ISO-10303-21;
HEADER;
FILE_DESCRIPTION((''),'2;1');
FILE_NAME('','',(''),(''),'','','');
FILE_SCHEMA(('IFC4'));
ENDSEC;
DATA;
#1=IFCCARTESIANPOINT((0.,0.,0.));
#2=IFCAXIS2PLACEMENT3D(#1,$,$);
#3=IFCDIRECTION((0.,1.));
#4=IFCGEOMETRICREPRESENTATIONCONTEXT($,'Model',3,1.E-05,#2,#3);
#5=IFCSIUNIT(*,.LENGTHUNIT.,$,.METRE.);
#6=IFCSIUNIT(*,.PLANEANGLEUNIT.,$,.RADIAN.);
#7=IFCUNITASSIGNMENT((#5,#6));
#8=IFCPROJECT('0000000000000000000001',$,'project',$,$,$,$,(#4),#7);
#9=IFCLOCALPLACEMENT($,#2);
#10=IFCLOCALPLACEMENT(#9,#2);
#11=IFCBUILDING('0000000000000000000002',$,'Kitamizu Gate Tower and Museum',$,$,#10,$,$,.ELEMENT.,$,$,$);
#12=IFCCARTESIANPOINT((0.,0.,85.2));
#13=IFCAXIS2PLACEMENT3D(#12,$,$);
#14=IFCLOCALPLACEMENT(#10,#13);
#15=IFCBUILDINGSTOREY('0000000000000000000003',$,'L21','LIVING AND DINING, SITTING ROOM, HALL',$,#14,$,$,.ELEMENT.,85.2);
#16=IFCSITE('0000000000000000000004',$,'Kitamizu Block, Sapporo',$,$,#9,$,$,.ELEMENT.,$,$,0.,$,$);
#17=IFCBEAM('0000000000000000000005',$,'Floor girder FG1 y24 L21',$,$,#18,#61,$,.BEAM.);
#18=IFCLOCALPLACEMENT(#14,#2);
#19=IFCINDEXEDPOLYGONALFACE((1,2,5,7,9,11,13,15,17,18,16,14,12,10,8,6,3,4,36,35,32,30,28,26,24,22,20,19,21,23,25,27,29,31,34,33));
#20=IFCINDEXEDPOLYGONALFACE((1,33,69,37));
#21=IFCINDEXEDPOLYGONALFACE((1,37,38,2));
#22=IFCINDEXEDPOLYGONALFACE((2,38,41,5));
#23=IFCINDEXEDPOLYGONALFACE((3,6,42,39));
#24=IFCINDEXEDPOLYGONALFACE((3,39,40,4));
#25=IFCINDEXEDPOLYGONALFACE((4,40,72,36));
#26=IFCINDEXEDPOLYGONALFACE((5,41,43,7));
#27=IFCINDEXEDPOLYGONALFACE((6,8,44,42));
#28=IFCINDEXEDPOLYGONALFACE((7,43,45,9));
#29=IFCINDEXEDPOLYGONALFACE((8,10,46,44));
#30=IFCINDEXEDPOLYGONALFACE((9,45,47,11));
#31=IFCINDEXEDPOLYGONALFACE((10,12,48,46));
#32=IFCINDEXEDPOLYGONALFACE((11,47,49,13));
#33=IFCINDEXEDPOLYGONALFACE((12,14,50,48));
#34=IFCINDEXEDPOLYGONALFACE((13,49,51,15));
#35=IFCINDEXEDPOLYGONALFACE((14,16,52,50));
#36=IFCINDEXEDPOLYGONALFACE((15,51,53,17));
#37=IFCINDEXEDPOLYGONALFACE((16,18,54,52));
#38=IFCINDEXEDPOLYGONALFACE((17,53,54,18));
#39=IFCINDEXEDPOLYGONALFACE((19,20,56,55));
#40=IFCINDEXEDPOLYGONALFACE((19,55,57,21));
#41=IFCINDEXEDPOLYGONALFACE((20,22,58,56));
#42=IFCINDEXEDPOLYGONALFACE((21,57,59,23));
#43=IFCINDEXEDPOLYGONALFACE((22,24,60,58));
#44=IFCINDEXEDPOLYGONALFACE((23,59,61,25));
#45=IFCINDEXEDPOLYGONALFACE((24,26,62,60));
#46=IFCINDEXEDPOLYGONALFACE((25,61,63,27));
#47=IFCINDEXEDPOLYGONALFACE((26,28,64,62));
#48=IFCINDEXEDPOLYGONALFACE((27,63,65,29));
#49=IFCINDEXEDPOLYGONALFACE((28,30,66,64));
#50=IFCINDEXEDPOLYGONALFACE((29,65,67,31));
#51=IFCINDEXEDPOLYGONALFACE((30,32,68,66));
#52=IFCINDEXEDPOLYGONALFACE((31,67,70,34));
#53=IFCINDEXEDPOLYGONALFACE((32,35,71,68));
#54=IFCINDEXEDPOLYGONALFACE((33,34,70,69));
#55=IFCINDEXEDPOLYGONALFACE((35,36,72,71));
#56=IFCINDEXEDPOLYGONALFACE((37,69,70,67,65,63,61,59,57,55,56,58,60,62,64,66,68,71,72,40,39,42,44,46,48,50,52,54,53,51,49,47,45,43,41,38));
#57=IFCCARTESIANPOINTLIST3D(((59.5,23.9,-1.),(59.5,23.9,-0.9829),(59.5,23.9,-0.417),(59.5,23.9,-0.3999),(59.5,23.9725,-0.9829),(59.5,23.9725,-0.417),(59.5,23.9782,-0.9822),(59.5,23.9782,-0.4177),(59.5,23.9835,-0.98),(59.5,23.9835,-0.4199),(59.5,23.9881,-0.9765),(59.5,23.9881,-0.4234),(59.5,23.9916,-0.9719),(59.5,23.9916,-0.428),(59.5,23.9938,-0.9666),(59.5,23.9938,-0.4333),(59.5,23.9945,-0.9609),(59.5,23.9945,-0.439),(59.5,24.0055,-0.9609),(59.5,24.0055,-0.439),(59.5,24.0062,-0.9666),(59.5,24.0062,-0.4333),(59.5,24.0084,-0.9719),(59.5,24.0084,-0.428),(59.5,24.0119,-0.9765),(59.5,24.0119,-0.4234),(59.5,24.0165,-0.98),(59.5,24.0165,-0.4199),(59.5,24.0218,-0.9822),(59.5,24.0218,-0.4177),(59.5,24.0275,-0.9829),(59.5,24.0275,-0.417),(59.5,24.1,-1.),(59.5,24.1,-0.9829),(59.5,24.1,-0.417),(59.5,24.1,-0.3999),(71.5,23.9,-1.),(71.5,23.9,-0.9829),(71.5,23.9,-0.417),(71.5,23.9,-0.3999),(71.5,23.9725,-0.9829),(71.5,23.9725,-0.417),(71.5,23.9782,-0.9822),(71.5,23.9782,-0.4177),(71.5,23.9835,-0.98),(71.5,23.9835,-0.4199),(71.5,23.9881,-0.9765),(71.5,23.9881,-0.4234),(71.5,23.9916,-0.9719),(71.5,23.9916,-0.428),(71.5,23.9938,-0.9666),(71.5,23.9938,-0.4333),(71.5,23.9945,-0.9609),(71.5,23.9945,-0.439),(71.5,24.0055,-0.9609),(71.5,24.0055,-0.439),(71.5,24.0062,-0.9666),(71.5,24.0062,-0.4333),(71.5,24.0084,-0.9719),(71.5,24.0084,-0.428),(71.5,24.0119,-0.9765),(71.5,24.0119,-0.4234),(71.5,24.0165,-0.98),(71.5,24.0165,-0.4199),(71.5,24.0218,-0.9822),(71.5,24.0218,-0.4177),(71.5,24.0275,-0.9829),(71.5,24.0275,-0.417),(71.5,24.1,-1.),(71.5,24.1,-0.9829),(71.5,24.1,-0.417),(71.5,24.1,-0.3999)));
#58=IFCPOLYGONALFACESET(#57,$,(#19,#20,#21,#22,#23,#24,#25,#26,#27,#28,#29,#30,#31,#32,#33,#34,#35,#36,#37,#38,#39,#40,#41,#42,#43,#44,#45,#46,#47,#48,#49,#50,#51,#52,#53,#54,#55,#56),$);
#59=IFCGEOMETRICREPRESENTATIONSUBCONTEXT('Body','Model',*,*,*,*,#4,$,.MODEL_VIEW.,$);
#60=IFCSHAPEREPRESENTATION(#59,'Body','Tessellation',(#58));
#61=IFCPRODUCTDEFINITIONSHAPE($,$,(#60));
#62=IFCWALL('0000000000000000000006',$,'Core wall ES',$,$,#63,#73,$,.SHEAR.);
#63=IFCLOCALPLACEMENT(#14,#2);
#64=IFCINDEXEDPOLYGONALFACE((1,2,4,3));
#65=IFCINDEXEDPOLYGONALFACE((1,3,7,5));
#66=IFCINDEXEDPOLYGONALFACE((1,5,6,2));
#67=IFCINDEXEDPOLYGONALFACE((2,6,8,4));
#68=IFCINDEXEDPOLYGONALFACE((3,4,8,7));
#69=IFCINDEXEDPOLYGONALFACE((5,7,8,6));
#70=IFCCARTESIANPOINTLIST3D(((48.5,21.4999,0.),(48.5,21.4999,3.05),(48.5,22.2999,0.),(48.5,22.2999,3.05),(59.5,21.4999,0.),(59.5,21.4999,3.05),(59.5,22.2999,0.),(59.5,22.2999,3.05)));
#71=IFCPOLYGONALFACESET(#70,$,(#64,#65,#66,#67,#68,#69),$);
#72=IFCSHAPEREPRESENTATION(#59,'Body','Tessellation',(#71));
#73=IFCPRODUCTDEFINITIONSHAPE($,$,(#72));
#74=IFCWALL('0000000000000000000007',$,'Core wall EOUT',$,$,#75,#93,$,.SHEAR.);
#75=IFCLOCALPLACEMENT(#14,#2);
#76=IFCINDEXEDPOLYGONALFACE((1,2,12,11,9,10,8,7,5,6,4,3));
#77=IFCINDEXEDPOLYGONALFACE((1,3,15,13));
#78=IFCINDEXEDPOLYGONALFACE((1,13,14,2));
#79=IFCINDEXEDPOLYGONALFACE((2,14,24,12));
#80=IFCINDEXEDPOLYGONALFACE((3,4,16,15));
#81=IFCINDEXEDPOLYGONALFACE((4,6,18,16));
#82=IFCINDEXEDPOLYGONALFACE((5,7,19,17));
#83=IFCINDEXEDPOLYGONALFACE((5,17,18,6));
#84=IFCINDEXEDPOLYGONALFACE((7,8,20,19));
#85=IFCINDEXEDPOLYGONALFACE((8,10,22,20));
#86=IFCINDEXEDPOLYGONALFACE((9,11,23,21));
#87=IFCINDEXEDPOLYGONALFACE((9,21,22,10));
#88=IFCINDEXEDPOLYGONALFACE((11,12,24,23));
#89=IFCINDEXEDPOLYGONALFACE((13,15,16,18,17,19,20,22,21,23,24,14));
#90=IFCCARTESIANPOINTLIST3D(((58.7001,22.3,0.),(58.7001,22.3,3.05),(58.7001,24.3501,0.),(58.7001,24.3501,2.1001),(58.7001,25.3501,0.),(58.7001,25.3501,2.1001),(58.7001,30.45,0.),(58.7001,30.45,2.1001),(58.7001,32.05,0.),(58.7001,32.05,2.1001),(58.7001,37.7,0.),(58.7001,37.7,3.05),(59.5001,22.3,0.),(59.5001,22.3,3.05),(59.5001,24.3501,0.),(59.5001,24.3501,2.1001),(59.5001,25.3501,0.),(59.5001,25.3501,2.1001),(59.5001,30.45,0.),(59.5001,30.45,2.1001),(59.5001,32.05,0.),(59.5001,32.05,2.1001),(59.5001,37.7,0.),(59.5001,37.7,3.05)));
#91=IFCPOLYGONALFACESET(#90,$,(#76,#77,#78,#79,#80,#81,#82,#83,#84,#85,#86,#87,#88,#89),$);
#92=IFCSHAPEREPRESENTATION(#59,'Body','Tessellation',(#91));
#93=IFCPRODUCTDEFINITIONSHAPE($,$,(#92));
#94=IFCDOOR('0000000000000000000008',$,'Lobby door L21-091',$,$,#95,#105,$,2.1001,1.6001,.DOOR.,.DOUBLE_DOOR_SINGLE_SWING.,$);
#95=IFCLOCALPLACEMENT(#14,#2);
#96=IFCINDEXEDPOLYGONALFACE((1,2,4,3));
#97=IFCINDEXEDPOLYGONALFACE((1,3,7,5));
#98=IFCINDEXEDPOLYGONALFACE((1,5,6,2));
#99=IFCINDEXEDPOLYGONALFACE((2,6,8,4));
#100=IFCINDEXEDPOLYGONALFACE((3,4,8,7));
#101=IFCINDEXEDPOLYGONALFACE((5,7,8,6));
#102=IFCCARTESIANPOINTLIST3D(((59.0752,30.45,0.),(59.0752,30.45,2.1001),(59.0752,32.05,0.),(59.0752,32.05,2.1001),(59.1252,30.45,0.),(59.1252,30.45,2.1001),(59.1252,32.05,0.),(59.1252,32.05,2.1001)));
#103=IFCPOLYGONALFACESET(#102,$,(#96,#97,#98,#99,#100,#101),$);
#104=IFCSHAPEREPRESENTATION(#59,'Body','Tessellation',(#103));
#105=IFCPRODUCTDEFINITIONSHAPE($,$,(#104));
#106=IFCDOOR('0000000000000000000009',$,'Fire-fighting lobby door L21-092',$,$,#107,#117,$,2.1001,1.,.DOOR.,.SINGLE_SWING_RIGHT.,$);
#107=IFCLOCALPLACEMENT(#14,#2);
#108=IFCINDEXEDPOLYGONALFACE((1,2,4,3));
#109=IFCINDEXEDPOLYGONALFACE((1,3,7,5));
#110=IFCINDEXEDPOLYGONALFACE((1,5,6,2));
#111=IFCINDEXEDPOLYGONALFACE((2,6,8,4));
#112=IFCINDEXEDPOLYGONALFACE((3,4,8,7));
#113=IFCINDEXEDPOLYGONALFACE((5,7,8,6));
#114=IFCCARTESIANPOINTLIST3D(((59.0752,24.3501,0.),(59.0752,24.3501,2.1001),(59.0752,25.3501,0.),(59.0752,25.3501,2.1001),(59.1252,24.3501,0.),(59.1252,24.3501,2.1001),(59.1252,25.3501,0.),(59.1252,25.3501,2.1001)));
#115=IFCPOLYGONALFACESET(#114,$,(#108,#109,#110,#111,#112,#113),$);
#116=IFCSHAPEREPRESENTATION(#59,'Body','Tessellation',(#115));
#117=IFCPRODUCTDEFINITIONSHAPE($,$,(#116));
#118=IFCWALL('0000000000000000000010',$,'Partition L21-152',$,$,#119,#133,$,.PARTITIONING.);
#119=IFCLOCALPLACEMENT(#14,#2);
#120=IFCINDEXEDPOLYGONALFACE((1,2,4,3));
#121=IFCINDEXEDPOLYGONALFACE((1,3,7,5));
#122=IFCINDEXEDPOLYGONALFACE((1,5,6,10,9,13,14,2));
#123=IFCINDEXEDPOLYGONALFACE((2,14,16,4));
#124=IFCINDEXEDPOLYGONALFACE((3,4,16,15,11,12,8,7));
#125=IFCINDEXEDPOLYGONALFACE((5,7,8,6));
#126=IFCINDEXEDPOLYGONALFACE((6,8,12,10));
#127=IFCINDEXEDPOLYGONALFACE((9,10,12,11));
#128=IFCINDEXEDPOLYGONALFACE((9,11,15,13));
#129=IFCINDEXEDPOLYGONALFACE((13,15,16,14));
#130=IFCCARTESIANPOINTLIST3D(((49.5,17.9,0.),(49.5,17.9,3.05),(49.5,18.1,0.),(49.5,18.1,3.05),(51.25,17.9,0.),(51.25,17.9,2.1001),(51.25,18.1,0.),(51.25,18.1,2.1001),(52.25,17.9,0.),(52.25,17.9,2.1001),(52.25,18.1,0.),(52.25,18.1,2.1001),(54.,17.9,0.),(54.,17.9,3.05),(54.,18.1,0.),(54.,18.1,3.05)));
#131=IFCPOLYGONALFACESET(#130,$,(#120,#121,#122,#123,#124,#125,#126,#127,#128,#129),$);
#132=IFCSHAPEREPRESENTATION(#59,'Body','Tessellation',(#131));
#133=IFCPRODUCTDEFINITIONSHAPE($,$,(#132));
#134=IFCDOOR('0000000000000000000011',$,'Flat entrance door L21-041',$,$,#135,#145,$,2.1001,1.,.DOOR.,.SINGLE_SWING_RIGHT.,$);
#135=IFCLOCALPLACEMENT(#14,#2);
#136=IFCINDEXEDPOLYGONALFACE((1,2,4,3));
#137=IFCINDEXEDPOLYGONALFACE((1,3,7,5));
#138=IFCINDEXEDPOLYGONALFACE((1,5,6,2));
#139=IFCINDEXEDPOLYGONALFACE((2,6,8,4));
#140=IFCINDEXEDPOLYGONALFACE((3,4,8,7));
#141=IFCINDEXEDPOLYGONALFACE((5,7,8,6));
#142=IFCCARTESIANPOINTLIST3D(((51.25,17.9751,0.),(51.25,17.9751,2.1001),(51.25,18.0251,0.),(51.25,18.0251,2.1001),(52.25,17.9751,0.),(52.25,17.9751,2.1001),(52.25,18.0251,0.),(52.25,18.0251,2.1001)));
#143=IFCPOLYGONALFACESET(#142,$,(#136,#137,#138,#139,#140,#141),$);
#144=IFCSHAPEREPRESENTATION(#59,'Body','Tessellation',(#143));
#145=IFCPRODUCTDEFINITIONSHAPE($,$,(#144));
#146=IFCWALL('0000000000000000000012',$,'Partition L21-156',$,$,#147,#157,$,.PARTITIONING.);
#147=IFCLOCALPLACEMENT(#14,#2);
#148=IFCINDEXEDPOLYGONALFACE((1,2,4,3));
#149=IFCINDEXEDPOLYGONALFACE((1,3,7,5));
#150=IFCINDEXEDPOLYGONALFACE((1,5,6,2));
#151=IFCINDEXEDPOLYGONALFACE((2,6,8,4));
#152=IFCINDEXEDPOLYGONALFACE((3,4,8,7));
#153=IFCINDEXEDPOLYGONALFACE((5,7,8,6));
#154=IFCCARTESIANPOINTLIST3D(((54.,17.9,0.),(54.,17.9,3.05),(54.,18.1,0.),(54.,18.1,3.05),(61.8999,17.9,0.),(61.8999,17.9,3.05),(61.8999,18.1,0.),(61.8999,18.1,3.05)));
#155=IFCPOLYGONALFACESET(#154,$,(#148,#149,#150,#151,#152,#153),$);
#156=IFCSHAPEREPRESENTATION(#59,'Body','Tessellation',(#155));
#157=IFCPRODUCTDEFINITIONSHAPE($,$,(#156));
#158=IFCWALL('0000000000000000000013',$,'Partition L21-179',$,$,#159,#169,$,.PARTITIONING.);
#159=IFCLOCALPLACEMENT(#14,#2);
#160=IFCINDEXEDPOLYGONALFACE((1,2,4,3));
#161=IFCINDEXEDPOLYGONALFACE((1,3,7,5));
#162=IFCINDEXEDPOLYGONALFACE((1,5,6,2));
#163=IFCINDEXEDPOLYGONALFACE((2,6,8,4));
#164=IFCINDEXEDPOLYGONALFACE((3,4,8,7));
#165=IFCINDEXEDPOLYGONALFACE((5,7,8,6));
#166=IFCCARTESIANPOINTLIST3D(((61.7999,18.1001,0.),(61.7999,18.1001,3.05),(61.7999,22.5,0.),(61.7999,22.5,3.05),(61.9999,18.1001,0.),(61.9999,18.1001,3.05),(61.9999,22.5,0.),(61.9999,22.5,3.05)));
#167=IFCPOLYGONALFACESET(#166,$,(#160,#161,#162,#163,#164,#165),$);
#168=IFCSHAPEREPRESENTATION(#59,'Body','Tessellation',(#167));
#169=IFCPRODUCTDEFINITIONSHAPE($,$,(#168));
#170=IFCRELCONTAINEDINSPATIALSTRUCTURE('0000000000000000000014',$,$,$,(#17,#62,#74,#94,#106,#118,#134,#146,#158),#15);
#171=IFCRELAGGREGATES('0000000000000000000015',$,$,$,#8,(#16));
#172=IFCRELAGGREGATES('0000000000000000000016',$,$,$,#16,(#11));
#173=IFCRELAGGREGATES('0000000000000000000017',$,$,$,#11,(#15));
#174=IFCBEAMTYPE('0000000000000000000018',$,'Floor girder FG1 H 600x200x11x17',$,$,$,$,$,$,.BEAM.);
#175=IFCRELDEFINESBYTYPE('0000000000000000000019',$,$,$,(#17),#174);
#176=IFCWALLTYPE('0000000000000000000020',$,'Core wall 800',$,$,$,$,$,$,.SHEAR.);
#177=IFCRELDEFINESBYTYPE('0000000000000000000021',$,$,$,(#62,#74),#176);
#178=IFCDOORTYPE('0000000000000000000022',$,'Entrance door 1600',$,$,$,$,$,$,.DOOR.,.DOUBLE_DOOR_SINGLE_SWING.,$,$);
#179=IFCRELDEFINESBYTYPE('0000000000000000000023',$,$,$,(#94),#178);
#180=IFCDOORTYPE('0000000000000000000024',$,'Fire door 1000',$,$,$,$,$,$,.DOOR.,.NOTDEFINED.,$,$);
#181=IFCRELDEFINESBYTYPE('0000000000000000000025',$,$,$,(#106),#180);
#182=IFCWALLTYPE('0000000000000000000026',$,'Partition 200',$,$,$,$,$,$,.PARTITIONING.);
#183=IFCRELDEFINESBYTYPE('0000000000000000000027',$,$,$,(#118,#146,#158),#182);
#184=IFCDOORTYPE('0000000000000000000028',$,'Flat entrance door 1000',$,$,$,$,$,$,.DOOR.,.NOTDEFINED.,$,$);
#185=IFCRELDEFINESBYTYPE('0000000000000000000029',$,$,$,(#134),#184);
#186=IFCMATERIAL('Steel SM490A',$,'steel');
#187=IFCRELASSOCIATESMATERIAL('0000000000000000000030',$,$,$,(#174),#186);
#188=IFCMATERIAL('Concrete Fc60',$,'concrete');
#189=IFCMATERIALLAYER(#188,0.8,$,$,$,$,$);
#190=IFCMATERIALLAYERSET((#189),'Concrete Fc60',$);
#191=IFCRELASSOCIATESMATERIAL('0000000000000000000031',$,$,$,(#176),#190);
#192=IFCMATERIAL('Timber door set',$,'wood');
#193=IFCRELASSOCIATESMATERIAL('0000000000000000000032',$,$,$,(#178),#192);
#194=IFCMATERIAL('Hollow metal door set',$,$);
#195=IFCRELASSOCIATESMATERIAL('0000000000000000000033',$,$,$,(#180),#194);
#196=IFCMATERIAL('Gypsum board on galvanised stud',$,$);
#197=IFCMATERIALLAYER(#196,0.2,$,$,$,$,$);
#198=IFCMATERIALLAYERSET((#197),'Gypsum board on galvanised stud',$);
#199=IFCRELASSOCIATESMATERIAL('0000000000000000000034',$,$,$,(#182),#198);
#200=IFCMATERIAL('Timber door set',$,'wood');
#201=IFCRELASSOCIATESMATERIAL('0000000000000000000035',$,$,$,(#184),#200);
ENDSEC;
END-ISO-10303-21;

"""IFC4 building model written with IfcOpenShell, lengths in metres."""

from ifc_helpers import new_model, si_unit, direction, frame, frame_2d, origin, origin_2d, place, context, subcontext, project, spatial, rectangle, i_section, extrude, material, layer, layer_set, material_profile, profile_set, type_object, element, fill, save


model = new_model("IFC4")

# Units and contexts
model_context = context("Model", 3, precision=1e-05, world=origin(), true_north=direction((0.0, 1.0)))
body_context = subcontext(model_context, "Body", "Model", "MODEL_VIEW")
ifc_project = project(units=[si_unit("LENGTHUNIT", "METRE"), si_unit("PLANEANGLEUNIT", "RADIAN")], contexts=[model_context])

# Site, building, storey
site_placement = place(None, origin())
site = spatial("IfcSite", under=ifc_project, at=site_placement, Name="Kitamizu Block, Sapporo", CompositionType="ELEMENT", RefElevation=0.0)
building_placement = place(site_placement, origin())
building = spatial("IfcBuilding", under=site, at=building_placement, Name="Kitamizu Gate Tower and Museum", CompositionType="ELEMENT")
storey_placement = place(building_placement, frame((0.0, 0.0, 85.2)))
storey = spatial("IfcBuildingStorey", under=building, at=storey_placement, Name="L21", Description="LIVING AND DINING, SITTING ROOM, HALL", CompositionType="ELEMENT", Elevation=85.2)

# Beam
ifc_material_1 = material(Name="Steel SM490A", Category="steel")
ifc_material_profile = material_profile(ifc_material_1, i_section(OverallWidth=0.2, OverallDepth=0.6001, WebThickness=0.011, FlangeThickness=0.0171, FilletRadius=0.022, at=origin_2d()), Name="H-600x200x11x17")
ifc_profile_set = profile_set([ifc_material_profile], Name="Steel SM490A")
beam_type = type_object("IfcBeamType", Name="Floor girder FG1 H 600x200x11x17", PredefinedType="BEAM", material=ifc_profile_set)
beam_placement = place(storey_placement, frame((59.5, 24.0, -0.7), z_axis=(1.0, 0.0, 0.0), x_axis=(0.0, 1.0, 0.0)))
element("IfcBeam", 1, at=beam_placement, inside=storey, type_object=beam_type, Name="Floor girder FG1 y24 L21", PredefinedType="BEAM", context=body_context, shape_type="SweptSolid", body=[
    extrude(i_section(OverallWidth=0.2, OverallDepth=0.6001, WebThickness=0.011, FlangeThickness=0.0171, FilletRadius=0.022, at=origin_2d()), origin(), (0.0, 0.0, 1.0), 12.0),
])

# Wall
ifc_material_2 = material(Name="Concrete Fc60", Category="concrete")
ifc_layer_1 = layer(ifc_material_2, 0.8)
ifc_layer_set_1 = layer_set([ifc_layer_1], Name="Concrete Fc60")
wall_type_1 = type_object("IfcWallType", Name="Core wall 800", PredefinedType="SHEAR", material=ifc_layer_set_1)
wall_1_placement = place(storey_placement, frame((59.5, 21.8999, 0.0), z_axis=(0.0, 0.0, 1.0), x_axis=(-1.0, 0.0, 0.0)))
element("IfcWall", 2, at=wall_1_placement, inside=storey, type_object=wall_type_1, Name="Core wall ES", PredefinedType="SHEAR", context=body_context, shape_type="SweptSolid", body=[
    extrude(rectangle(XDim=11.0, YDim=0.8, at=frame_2d((5.5, 0.0))), origin(), (0.0, 0.0, 1.0), 3.05),
])

# Wall, openings, doors
wall_2_placement = place(storey_placement, frame((59.1001, 22.3, 0.0), z_axis=(0.0, 0.0, 1.0), x_axis=(0.0, 1.0, 0.0)))
wall_2 = element("IfcWall", 3, at=wall_2_placement, inside=storey, type_object=wall_type_1, Name="Core wall EOUT", PredefinedType="SHEAR", context=body_context, shape_type="SweptSolid", body=[
    extrude(rectangle(XDim=15.3999, YDim=0.8, at=frame_2d((7.7, 0.0))), origin(), (0.0, 0.0, 1.0), 3.05),
])
opening_1_placement = place(wall_2_placement, frame((8.1499, 0.0, 0.0)))
opening_1 = element("IfcOpeningElement", 4, at=opening_1_placement, cuts=wall_2, PredefinedType="OPENING", context=body_context, shape_type="SweptSolid", body=[
    extrude(rectangle(XDim=1.6001, YDim=2.1001, at=frame_2d((0.8, 1.05))), frame((0.0, 0.4102, 0.0), z_axis=(0.0, -1.0, 0.0), x_axis=(1.0, 0.0, 0.0)), (0.0, 0.0, 1.0), 0.8201),
])
opening_2_placement = place(wall_2_placement, frame((2.05, 0.0, 0.0)))
opening_2 = element("IfcOpeningElement", 5, at=opening_2_placement, cuts=wall_2, PredefinedType="OPENING", context=body_context, shape_type="SweptSolid", body=[
    extrude(rectangle(XDim=1.0, YDim=2.1001, at=frame_2d((0.5, 1.05))), frame((0.0, 0.4102, 0.0), z_axis=(0.0, -1.0, 0.0), x_axis=(1.0, 0.0, 0.0)), (0.0, 0.0, 1.0), 0.8201),
])
ifc_material_3 = material(Name="Timber door set", Category="wood")
door_type_1 = type_object("IfcDoorType", Name="Entrance door 1600", OperationType="DOUBLE_DOOR_SINGLE_SWING", PredefinedType="DOOR", material=ifc_material_3)
door_1_placement = place(opening_1_placement, origin())
door_1 = element("IfcDoor", 6, at=door_1_placement, inside=storey, type_object=door_type_1, Name="Lobby door L21-091", OperationType="DOUBLE_DOOR_SINGLE_SWING", OverallHeight=2.1001, OverallWidth=1.6001, PredefinedType="DOOR", context=body_context, shape_type="SweptSolid", body=[
    extrude(rectangle(XDim=1.6001, YDim=2.1001, at=frame_2d((0.8, 1.05))), frame((0.0, 0.0249, 0.0), z_axis=(0.0, -1.0, 0.0), x_axis=(1.0, 0.0, 0.0)), (0.0, 0.0, 1.0), 0.05),
])
fill(opening_1, door_1)
ifc_material_4 = material(Name="Hollow metal door set")
door_type_2 = type_object("IfcDoorType", Name="Fire door 1000", OperationType="NOTDEFINED", PredefinedType="DOOR", material=ifc_material_4)
door_2_placement = place(opening_2_placement, origin())
door_2 = element("IfcDoor", 7, at=door_2_placement, inside=storey, type_object=door_type_2, Name="Fire-fighting lobby door L21-092", OperationType="SINGLE_SWING_RIGHT", OverallHeight=2.1001, OverallWidth=1.0, PredefinedType="DOOR", context=body_context, shape_type="SweptSolid", body=[
    extrude(rectangle(XDim=1.0, YDim=2.1001, at=frame_2d((0.5, 1.05))), frame((0.0, 0.0249, 0.0), z_axis=(0.0, -1.0, 0.0), x_axis=(1.0, 0.0, 0.0)), (0.0, 0.0, 1.0), 0.05),
])
fill(opening_2, door_2)

# Wall, opening, door
ifc_material_5 = material(Name="Gypsum board on galvanised stud")
ifc_layer_2 = layer(ifc_material_5, 0.2)
ifc_layer_set_2 = layer_set([ifc_layer_2], Name="Gypsum board on galvanised stud")
wall_type_2 = type_object("IfcWallType", Name="Partition 200", PredefinedType="PARTITIONING", material=ifc_layer_set_2)
wall_3_placement = place(storey_placement, frame((54.0, 18.0, 0.0), z_axis=(0.0, 0.0, 1.0), x_axis=(-1.0, 0.0, 0.0)))
wall_3 = element("IfcWall", 8, at=wall_3_placement, inside=storey, type_object=wall_type_2, Name="Partition L21-152", PredefinedType="PARTITIONING", context=body_context, shape_type="SweptSolid", body=[
    extrude(rectangle(XDim=4.5, YDim=0.2, at=frame_2d((2.25, 0.0))), origin(), (0.0, 0.0, 1.0), 3.05),
])
opening_3_placement = place(wall_3_placement, frame((1.75, 0.0, 0.0)))
opening_3 = element("IfcOpeningElement", 9, at=opening_3_placement, cuts=wall_3, PredefinedType="OPENING", context=body_context, shape_type="SweptSolid", body=[
    extrude(rectangle(XDim=1.0, YDim=2.1001, at=frame_2d((0.5, 1.05))), frame((0.0, 0.1099, 0.0), z_axis=(0.0, -1.0, 0.0), x_axis=(1.0, 0.0, 0.0)), (0.0, 0.0, 1.0), 0.22),
])
ifc_material_6 = material(Name="Timber door set", Category="wood")
door_type_3 = type_object("IfcDoorType", Name="Flat entrance door 1000", OperationType="NOTDEFINED", PredefinedType="DOOR", material=ifc_material_6)
door_3_placement = place(opening_3_placement, origin())
door_3 = element("IfcDoor", 10, at=door_3_placement, inside=storey, type_object=door_type_3, Name="Flat entrance door L21-041", OperationType="SINGLE_SWING_RIGHT", OverallHeight=2.1001, OverallWidth=1.0, PredefinedType="DOOR", context=body_context, shape_type="SweptSolid", body=[
    extrude(rectangle(XDim=1.0, YDim=2.1001, at=frame_2d((0.5, 1.05))), frame((0.0, 0.0249, 0.0), z_axis=(0.0, -1.0, 0.0), x_axis=(1.0, 0.0, 0.0)), (0.0, 0.0, 1.0), 0.05),
])
fill(opening_3, door_3)

# Walls
wall_4_placement = place(storey_placement, frame((61.8999, 18.0, 0.0), z_axis=(0.0, 0.0, 1.0), x_axis=(-1.0, 0.0, 0.0)))
element("IfcWall", 11, at=wall_4_placement, inside=storey, type_object=wall_type_2, Name="Partition L21-156", PredefinedType="PARTITIONING", context=body_context, shape_type="SweptSolid", body=[
    extrude(rectangle(XDim=7.8999, YDim=0.2, at=frame_2d((3.95, 0.0))), origin(), (0.0, 0.0, 1.0), 3.05),
])
wall_5_placement = place(storey_placement, frame((61.8999, 22.5, 0.0), z_axis=(0.0, 0.0, 1.0), x_axis=(0.0, -1.0, 0.0)))
element("IfcWall", 12, at=wall_5_placement, inside=storey, type_object=wall_type_2, Name="Partition L21-179", PredefinedType="PARTITIONING", context=body_context, shape_type="SweptSolid", body=[
    extrude(rectangle(XDim=4.3999, YDim=0.2, at=frame_2d((2.2, 0.0))), origin(), (0.0, 0.0, 1.0), 3.05),
])

save(model, "model.ifc")
